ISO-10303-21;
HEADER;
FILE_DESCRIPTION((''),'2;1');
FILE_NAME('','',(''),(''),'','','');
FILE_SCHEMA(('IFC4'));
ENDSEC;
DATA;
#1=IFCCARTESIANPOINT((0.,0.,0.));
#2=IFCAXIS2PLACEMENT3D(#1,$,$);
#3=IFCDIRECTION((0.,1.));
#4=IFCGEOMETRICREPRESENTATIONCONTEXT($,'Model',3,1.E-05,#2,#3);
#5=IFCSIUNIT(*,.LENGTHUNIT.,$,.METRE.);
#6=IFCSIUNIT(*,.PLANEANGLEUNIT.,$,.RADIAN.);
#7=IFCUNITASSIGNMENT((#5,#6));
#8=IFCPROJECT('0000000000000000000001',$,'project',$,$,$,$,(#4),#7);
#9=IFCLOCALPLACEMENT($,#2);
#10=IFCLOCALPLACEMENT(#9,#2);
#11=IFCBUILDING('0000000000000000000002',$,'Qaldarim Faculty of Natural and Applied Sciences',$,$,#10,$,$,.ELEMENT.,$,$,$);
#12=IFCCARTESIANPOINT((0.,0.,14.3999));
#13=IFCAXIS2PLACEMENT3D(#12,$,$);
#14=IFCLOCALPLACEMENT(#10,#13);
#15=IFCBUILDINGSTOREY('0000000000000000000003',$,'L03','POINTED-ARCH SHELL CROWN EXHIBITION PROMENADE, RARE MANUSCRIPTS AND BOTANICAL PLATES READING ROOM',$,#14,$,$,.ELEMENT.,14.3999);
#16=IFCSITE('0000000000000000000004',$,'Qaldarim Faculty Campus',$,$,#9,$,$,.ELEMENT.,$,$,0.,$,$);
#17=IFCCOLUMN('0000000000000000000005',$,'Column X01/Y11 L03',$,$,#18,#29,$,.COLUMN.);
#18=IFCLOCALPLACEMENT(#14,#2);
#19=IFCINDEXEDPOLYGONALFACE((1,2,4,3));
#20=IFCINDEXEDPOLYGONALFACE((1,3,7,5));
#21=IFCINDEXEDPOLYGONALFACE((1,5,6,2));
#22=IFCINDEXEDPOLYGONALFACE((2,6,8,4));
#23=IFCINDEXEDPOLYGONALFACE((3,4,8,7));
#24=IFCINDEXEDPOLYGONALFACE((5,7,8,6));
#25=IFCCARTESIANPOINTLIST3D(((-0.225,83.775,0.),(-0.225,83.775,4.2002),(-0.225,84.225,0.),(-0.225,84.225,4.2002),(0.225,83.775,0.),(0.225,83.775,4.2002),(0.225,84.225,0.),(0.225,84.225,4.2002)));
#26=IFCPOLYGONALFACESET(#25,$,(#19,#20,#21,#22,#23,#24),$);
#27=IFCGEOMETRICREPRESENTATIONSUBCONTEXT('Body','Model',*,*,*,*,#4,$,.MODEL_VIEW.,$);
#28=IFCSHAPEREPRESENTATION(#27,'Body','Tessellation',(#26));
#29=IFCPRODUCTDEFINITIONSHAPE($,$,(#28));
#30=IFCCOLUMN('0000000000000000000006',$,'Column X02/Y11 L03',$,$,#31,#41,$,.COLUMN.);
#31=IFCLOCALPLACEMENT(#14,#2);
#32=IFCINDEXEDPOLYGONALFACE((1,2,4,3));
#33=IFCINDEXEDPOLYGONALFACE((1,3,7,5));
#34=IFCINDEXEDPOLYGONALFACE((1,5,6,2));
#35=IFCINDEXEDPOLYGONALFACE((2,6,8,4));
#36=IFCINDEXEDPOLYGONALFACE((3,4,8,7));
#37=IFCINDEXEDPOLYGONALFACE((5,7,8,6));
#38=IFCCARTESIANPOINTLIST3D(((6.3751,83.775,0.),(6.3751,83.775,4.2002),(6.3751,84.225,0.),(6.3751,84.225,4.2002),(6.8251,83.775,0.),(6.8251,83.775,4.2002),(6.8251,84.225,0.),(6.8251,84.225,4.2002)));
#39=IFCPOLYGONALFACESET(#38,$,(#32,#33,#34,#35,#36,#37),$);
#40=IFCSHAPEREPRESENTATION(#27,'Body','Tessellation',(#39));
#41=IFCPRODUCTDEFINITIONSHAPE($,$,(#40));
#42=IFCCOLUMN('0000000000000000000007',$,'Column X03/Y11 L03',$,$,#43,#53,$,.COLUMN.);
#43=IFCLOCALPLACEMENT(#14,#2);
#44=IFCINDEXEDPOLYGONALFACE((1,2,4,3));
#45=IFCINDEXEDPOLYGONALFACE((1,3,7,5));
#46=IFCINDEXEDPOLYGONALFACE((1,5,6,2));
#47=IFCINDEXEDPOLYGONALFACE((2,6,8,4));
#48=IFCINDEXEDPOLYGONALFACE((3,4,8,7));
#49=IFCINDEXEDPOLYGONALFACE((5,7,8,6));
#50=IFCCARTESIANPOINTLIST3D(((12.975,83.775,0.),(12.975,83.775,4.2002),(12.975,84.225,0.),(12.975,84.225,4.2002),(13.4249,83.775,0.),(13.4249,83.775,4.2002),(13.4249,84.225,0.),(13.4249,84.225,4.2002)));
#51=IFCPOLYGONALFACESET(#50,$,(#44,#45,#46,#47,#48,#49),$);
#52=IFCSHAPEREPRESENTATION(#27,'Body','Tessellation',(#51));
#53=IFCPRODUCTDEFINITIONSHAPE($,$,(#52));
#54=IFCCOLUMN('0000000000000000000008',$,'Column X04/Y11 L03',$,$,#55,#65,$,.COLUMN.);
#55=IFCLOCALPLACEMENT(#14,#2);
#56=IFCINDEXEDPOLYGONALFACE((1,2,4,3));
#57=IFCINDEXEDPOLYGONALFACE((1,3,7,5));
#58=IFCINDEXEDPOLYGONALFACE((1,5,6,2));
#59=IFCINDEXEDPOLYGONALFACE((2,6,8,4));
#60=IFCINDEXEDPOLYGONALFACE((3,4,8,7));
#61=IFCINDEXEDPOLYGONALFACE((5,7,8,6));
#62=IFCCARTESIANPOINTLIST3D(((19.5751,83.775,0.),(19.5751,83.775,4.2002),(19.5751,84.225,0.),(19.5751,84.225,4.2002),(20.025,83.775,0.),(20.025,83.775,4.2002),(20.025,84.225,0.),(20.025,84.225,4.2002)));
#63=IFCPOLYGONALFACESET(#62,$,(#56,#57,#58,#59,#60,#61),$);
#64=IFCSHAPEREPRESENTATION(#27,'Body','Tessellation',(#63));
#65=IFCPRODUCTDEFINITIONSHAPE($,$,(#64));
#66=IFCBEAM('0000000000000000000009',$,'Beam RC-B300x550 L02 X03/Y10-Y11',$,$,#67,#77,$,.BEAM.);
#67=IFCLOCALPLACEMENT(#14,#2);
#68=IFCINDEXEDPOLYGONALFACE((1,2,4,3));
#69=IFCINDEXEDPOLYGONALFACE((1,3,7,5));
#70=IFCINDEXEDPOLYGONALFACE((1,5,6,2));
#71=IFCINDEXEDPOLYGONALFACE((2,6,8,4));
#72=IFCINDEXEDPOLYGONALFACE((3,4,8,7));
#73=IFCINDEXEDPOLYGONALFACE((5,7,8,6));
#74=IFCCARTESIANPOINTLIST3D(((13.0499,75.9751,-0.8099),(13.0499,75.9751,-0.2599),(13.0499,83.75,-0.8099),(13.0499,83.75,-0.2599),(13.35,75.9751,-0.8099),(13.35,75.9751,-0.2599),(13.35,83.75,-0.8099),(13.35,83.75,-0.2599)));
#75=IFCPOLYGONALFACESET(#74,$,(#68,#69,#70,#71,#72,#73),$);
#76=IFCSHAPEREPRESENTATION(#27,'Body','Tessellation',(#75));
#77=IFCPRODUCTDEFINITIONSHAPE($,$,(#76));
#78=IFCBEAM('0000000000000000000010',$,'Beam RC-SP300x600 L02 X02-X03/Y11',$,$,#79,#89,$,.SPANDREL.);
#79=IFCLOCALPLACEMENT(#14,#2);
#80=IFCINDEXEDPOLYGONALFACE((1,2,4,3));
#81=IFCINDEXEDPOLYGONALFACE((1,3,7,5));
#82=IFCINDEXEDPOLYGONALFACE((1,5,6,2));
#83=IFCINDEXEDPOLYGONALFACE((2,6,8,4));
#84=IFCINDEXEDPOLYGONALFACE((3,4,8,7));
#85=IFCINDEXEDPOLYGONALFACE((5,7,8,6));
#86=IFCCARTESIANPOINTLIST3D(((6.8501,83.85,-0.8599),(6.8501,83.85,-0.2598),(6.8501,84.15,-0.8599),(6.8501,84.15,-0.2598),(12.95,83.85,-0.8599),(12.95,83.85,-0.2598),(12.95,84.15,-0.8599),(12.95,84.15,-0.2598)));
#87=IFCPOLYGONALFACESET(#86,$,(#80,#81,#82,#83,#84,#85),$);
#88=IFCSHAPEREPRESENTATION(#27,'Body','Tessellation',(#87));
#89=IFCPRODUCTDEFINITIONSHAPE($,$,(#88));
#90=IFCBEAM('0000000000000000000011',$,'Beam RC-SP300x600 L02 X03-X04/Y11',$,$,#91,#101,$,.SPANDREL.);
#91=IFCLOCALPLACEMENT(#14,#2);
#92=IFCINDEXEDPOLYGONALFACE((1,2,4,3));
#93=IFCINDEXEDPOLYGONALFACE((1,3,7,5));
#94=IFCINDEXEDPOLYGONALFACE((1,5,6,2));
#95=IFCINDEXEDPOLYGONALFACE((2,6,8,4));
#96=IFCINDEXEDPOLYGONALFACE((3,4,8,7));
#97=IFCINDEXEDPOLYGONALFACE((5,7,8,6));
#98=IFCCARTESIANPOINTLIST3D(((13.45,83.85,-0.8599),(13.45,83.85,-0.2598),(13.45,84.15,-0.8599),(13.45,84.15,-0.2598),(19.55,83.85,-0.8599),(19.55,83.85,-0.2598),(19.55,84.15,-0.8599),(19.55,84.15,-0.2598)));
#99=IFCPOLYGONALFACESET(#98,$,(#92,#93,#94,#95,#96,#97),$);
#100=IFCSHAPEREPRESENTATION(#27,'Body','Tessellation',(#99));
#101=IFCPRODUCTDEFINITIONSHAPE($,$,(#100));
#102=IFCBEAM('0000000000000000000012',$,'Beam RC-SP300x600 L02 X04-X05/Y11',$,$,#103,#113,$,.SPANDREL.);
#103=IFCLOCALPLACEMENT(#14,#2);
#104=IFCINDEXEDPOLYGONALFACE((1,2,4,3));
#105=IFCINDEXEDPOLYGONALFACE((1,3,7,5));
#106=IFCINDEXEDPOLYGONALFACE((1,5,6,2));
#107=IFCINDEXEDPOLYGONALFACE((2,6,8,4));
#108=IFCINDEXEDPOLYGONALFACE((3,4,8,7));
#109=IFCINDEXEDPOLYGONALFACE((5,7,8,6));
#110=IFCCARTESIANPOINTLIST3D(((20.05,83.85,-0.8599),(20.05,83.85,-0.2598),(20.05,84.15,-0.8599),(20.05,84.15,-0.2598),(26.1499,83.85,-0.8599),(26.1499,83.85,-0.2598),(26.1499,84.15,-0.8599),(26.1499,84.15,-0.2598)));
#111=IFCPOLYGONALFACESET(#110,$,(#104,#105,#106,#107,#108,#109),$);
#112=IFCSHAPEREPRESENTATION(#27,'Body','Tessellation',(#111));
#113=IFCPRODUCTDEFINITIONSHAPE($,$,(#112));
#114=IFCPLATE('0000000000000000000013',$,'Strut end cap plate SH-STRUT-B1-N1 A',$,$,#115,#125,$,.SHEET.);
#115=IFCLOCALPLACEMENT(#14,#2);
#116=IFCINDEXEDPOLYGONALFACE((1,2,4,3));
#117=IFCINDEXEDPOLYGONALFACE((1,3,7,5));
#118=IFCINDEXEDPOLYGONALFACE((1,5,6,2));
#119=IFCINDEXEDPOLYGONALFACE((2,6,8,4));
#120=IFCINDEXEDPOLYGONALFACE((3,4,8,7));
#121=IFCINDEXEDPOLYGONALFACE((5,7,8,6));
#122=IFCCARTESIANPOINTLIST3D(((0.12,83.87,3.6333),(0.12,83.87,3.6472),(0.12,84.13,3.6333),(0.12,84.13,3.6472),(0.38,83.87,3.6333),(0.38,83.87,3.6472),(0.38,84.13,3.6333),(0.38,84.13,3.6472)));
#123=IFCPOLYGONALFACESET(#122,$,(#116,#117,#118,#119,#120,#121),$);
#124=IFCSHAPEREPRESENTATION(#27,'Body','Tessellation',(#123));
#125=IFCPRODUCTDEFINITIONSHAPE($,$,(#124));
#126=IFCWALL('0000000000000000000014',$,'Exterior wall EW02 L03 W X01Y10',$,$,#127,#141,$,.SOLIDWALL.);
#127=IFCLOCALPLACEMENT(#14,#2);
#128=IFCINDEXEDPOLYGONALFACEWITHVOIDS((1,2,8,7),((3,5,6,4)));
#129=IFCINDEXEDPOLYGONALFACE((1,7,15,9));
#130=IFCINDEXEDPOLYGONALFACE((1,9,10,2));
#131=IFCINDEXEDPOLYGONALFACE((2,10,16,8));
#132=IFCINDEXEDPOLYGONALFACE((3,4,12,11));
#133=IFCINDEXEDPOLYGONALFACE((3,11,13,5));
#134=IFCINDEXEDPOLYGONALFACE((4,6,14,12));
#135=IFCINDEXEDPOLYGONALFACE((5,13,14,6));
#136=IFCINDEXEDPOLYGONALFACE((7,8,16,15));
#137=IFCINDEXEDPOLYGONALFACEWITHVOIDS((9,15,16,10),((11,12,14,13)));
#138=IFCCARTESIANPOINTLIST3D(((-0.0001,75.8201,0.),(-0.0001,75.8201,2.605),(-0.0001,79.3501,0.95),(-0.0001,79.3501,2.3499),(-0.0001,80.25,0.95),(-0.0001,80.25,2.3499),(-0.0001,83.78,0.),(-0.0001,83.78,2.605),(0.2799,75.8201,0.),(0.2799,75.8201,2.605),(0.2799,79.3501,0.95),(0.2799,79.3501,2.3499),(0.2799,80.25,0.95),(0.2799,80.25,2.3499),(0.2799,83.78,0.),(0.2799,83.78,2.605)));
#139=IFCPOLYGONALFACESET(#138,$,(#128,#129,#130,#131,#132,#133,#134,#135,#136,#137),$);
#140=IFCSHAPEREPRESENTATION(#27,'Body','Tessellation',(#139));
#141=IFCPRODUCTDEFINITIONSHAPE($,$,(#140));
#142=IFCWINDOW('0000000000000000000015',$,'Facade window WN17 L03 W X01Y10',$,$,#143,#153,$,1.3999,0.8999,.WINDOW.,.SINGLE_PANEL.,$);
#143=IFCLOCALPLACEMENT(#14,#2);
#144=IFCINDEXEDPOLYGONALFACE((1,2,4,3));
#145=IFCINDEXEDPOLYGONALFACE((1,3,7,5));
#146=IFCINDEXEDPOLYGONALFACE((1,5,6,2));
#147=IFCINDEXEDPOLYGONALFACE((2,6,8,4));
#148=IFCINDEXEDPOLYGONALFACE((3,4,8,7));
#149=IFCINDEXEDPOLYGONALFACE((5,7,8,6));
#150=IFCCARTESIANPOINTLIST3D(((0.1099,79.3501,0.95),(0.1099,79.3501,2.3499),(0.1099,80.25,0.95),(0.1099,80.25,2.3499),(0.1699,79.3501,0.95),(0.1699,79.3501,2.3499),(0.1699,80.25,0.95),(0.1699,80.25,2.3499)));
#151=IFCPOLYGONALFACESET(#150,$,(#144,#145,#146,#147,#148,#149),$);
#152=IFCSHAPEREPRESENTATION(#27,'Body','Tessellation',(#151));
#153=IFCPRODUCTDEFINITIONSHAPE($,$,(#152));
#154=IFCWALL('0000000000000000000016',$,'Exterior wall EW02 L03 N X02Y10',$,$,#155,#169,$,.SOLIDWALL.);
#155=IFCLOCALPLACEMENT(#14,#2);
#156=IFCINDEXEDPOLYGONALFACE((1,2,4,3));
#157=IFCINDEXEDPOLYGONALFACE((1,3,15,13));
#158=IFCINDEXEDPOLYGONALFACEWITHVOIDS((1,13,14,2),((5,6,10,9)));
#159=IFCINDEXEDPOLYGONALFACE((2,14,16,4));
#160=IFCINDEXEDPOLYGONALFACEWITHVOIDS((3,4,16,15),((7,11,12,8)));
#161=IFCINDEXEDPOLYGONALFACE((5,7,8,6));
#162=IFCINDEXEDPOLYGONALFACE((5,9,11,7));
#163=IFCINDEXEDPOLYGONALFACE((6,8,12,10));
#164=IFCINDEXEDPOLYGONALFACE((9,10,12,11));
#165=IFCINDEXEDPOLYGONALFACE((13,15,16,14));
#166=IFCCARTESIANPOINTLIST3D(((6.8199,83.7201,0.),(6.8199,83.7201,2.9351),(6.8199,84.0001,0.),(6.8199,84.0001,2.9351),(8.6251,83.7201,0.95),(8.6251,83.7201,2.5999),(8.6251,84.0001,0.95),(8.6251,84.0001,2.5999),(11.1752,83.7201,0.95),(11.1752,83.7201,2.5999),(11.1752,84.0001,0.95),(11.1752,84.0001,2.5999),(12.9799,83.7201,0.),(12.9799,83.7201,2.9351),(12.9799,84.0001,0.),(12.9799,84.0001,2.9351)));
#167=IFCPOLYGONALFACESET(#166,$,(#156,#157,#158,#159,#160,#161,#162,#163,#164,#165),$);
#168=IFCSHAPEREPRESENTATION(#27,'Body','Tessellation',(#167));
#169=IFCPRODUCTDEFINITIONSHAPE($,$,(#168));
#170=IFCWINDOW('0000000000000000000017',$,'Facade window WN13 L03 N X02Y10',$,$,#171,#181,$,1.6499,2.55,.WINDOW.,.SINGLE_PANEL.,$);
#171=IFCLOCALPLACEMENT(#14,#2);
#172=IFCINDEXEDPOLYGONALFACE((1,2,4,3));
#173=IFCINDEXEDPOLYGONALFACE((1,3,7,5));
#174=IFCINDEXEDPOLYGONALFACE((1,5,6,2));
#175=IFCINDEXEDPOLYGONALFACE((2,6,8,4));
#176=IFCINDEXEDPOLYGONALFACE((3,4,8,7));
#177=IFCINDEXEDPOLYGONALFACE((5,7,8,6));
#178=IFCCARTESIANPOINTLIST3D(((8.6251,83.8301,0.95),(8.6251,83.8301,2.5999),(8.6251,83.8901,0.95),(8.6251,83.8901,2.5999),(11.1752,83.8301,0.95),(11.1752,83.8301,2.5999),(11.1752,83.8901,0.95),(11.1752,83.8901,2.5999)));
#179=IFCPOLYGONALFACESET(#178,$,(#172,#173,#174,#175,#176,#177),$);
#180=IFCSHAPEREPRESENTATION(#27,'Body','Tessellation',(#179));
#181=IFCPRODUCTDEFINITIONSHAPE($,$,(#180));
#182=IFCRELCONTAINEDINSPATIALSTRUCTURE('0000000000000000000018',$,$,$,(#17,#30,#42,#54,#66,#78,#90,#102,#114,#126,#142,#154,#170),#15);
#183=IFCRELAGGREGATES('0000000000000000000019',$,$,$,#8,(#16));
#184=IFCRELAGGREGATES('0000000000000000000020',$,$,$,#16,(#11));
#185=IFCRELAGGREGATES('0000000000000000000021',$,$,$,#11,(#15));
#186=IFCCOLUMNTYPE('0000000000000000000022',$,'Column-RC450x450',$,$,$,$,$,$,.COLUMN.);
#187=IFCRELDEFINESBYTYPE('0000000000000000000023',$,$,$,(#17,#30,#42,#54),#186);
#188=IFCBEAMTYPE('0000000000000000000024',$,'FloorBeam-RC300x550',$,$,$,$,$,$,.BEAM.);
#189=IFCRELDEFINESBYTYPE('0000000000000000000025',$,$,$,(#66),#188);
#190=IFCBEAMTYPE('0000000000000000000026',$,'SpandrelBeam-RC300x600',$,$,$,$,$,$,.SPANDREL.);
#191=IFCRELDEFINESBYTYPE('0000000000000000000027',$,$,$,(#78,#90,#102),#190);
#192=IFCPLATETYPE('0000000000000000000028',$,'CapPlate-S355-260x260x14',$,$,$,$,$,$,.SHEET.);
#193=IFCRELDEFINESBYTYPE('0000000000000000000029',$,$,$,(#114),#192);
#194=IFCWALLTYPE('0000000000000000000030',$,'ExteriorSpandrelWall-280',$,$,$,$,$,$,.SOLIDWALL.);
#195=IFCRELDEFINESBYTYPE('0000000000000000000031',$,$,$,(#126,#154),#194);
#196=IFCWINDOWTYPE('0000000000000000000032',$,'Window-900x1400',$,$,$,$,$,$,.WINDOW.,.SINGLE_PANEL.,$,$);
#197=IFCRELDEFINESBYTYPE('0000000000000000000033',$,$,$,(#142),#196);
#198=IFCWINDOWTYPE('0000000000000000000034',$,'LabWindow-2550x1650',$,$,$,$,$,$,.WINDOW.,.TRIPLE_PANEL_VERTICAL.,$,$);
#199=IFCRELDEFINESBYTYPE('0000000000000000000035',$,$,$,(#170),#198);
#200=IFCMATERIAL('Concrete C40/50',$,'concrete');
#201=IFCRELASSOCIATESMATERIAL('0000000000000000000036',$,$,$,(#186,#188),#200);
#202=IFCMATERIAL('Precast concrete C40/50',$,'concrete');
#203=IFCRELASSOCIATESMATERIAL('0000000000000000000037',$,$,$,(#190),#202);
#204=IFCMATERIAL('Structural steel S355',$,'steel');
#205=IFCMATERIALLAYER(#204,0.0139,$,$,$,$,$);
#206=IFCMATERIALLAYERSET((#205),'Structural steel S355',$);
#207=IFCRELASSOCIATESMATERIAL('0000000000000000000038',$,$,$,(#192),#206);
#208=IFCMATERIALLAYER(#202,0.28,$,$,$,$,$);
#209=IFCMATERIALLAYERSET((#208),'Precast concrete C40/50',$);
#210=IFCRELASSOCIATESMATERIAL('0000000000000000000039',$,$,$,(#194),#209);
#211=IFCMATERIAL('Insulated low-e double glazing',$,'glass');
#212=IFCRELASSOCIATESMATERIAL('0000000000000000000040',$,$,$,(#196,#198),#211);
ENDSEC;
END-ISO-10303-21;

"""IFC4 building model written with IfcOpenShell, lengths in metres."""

from ifc_helpers import new_model, si_unit, direction, frame, frame_2d, origin, origin_2d, place, context, subcontext, project, spatial, rectangle, extrude, material, layer, layer_set, material_profile, profile_set, type_object, element, fill, save


model = new_model("IFC4")

# Units and contexts
model_context = context("Model", 3, precision=1e-05, world=origin(), true_north=direction((0.0, 1.0)))
body_context = subcontext(model_context, "Body", "Model", "MODEL_VIEW")
ifc_project = project(units=[si_unit("LENGTHUNIT", "METRE"), si_unit("PLANEANGLEUNIT", "RADIAN")], contexts=[model_context])

# Site, building, storey
site_placement = place(None, origin())
site = spatial("IfcSite", under=ifc_project, at=site_placement, Name="Qaldarim Faculty Campus", CompositionType="ELEMENT", RefElevation=0.0)
building_placement = place(site_placement, origin())
building = spatial("IfcBuilding", under=site, at=building_placement, Name="Qaldarim Faculty of Natural and Applied Sciences", CompositionType="ELEMENT")
storey_placement = place(building_placement, frame((0.0, 0.0, 14.3999)))
storey = spatial("IfcBuildingStorey", under=building, at=storey_placement, Name="L03", Description="POINTED-ARCH SHELL CROWN EXHIBITION PROMENADE, RARE MANUSCRIPTS AND BOTANICAL PLATES READING ROOM", CompositionType="ELEMENT", Elevation=14.3999)

# Columns
ifc_material_1 = material(Name="Concrete C40/50", Category="concrete")
ifc_material_profile_1 = material_profile(ifc_material_1, rectangle(XDim=0.45, YDim=0.45, at=origin_2d()), Name="RC-C450x450")
ifc_profile_set_1 = profile_set([ifc_material_profile_1], Name="Concrete C40/50")
column_type = type_object("IfcColumnType", Name="Column-RC450x450", PredefinedType="COLUMN", material=ifc_profile_set_1)
for number, where, z_axis, x_axis, name in (
    (1, (0.0, 84.0, 0.0), (0.0, 0.0, 1.0), (1.0, 0.0, 0.0), "Column X01/Y11 L03"),
    (2, (6.6001, 84.0, 0.0), (0.0, 0.0, 1.0), (1.0, 0.0, 0.0), "Column X02/Y11 L03"),
    (3, (13.2, 84.0, 0.0), (0.0, 0.0, 1.0), (1.0, 0.0, 0.0), "Column X03/Y11 L03"),
    (4, (19.8, 84.0, 0.0), (0.0, 0.0, 1.0), (1.0, 0.0, 0.0), "Column X04/Y11 L03"),
):
    element("IfcColumn", number, at=place(storey_placement, frame(where, z_axis=z_axis, x_axis=x_axis)), inside=storey, type_object=column_type, Name=name, PredefinedType="COLUMN", context=body_context, shape_type="SweptSolid", body=[
        extrude(rectangle(XDim=0.45, YDim=0.45, at=origin_2d()), origin(), (0.0, 0.0, 1.0), 4.2002),
    ])

# Beams
ifc_material_profile_2 = material_profile(ifc_material_1, rectangle(XDim=0.3, YDim=0.55, at=origin_2d()), Name="RC-B300x550")
ifc_profile_set_2 = profile_set([ifc_material_profile_2], Name="Concrete C40/50")
beam_type_1 = type_object("IfcBeamType", Name="FloorBeam-RC300x550", PredefinedType="BEAM", material=ifc_profile_set_2)
beam_1_placement = place(storey_placement, frame((13.2, 75.9751, -0.5349), z_axis=(0.0, 1.0, 0.0), x_axis=(-1.0, 0.0, 0.0)))
element("IfcBeam", 5, at=beam_1_placement, inside=storey, type_object=beam_type_1, Name="Beam RC-B300x550 L02 X03/Y10-Y11", PredefinedType="BEAM", context=body_context, shape_type="SweptSolid", body=[
    extrude(rectangle(XDim=0.3, YDim=0.55, at=origin_2d()), origin(), (0.0, 0.0, 1.0), 7.7749),
])
ifc_material_2 = material(Name="Precast concrete C40/50", Category="concrete")
ifc_material_profile_3 = material_profile(ifc_material_2, rectangle(XDim=0.3, YDim=0.6001, at=origin_2d()), Name="RC-SP300x600")
ifc_profile_set_3 = profile_set([ifc_material_profile_3], Name="Precast concrete C40/50")
beam_type_2 = type_object("IfcBeamType", Name="SpandrelBeam-RC300x600", PredefinedType="SPANDREL", material=ifc_profile_set_3)
beam_2_placement = place(storey_placement, frame((6.8501, 84.0, -0.5598), z_axis=(1.0, 0.0, 0.0), x_axis=(0.0, 1.0, 0.0)))
element("IfcBeam", 6, at=beam_2_placement, inside=storey, type_object=beam_type_2, Name="Beam RC-SP300x600 L02 X02-X03/Y11", PredefinedType="SPANDREL", context=body_context, shape_type="SweptSolid", body=[
    extrude(rectangle(XDim=0.3, YDim=0.6001, at=origin_2d()), origin(), (0.0, 0.0, 1.0), 6.0999),
])
beam_3_placement = place(storey_placement, frame((13.45, 84.0, -0.5598), z_axis=(1.0, 0.0, 0.0), x_axis=(0.0, 1.0, 0.0)))
element("IfcBeam", 7, at=beam_3_placement, inside=storey, type_object=beam_type_2, Name="Beam RC-SP300x600 L02 X03-X04/Y11", PredefinedType="SPANDREL", context=body_context, shape_type="SweptSolid", body=[
    extrude(rectangle(XDim=0.3, YDim=0.6001, at=origin_2d()), origin(), (0.0, 0.0, 1.0), 6.1001),
])
beam_4_placement = place(storey_placement, frame((20.05, 84.0, -0.5598), z_axis=(1.0, 0.0, 0.0), x_axis=(0.0, 1.0, 0.0)))
element("IfcBeam", 8, at=beam_4_placement, inside=storey, type_object=beam_type_2, Name="Beam RC-SP300x600 L02 X04-X05/Y11", PredefinedType="SPANDREL", context=body_context, shape_type="SweptSolid", body=[
    extrude(rectangle(XDim=0.3, YDim=0.6001, at=origin_2d()), origin(), (0.0, 0.0, 1.0), 6.0999),
])

# Plate
ifc_material_3 = material(Name="Structural steel S355", Category="steel")
ifc_layer_1 = layer(ifc_material_3, 0.0139)
ifc_layer_set_1 = layer_set([ifc_layer_1], Name="Structural steel S355")
plate_type = type_object("IfcPlateType", Name="CapPlate-S355-260x260x14", PredefinedType="SHEET", material=ifc_layer_set_1)
plate_placement = place(storey_placement, frame((0.25, 84.0, 3.6333), z_axis=(0.0, 0.0, 1.0), x_axis=(1.0, 0.0, 0.0)))
element("IfcPlate", 9, at=plate_placement, inside=storey, type_object=plate_type, Name="Strut end cap plate SH-STRUT-B1-N1 A", PredefinedType="SHEET", context=body_context, shape_type="SweptSolid", body=[
    extrude(rectangle(XDim=0.26, YDim=0.26, at=origin_2d()), origin(), (0.0, 0.0, 1.0), 0.0139),
])

# Walls, openings, windows
ifc_layer_2 = layer(ifc_material_2, 0.28)
ifc_layer_set_2 = layer_set([ifc_layer_2], Name="Precast concrete C40/50")
wall_type_1 = type_object("IfcWallType", Name="ExteriorSpandrelWall-280", PredefinedType="SOLIDWALL", material=ifc_layer_set_2)
wall_1_placement = place(storey_placement, frame((0.1399, 83.78, 0.0), z_axis=(0.0, 0.0, 1.0), x_axis=(0.0, -1.0, 0.0)))
wall_1 = element("IfcWall", 10, at=wall_1_placement, inside=storey, type_object=wall_type_1, Name="Exterior wall EW02 L03 W X01Y10", PredefinedType="SOLIDWALL", context=body_context, shape_type="SweptSolid", body=[
    extrude(rectangle(XDim=7.96, YDim=0.28, at=frame_2d((3.98, 0.0))), origin(), (0.0, 0.0, 1.0), 2.605),
])
opening_1_placement = place(wall_1_placement, frame((3.53, 0.0, 0.95)))
opening_1 = element("IfcOpeningElement", 11, at=opening_1_placement, cuts=wall_1, PredefinedType="OPENING", context=body_context, shape_type="SweptSolid", body=[
    extrude(rectangle(XDim=0.8999, YDim=1.3999, at=frame_2d((0.45, 0.7))), frame((0.0, 0.1499, 0.0), z_axis=(0.0, -1.0, 0.0), x_axis=(1.0, 0.0, 0.0)), (0.0, 0.0, 1.0), 0.3),
])
ifc_material_4 = material(Name="Insulated low-e double glazing", Category="glass")
window_type_1 = type_object("IfcWindowType", Name="Window-900x1400", PartitioningType="SINGLE_PANEL", PredefinedType="WINDOW", material=ifc_material_4)
window_1_placement = place(opening_1_placement, origin())
window_1 = element("IfcWindow", 12, at=window_1_placement, inside=storey, type_object=window_type_1, Name="Facade window WN17 L03 W X01Y10", OverallHeight=1.3999, OverallWidth=0.8999, PartitioningType="SINGLE_PANEL", PredefinedType="WINDOW", context=body_context, shape_type="SweptSolid", body=[
    extrude(rectangle(XDim=0.8999, YDim=1.3999, at=frame_2d((0.45, 0.7))), frame((0.0, 0.03, 0.0), z_axis=(0.0, -1.0, 0.0), x_axis=(1.0, 0.0, 0.0)), (0.0, 0.0, 1.0), 0.0601),
])
fill(opening_1, window_1)
wall_2_placement = place(storey_placement, frame((12.98, 83.8601, 0.0), z_axis=(0.0, 0.0, 1.0), x_axis=(-1.0, 0.0, 0.0)))
wall_2 = element("IfcWall", 13, at=wall_2_placement, inside=storey, type_object=wall_type_1, Name="Exterior wall EW02 L03 N X02Y10", PredefinedType="SOLIDWALL", context=body_context, shape_type="SweptSolid", body=[
    extrude(rectangle(XDim=6.1599, YDim=0.28, at=frame_2d((3.0801, 0.0))), origin(), (0.0, 0.0, 1.0), 2.9351),
])
opening_2_placement = place(wall_2_placement, frame((1.8049, 0.0, 0.95)))
opening_2 = element("IfcOpeningElement", 14, at=opening_2_placement, cuts=wall_2, PredefinedType="OPENING", context=body_context, shape_type="SweptSolid", body=[
    extrude(rectangle(XDim=2.55, YDim=1.6499, at=frame_2d((1.2749, 0.825))), frame((0.0, 0.1499, 0.0), z_axis=(0.0, -1.0, 0.0), x_axis=(1.0, 0.0, 0.0)), (0.0, 0.0, 1.0), 0.3),
])
window_type_2 = type_object("IfcWindowType", Name="LabWindow-2550x1650", PartitioningType="TRIPLE_PANEL_VERTICAL", PredefinedType="WINDOW", material=ifc_material_4)
window_2_placement = place(opening_2_placement, origin())
window_2 = element("IfcWindow", 15, at=window_2_placement, inside=storey, type_object=window_type_2, Name="Facade window WN13 L03 N X02Y10", OverallHeight=1.6499, OverallWidth=2.55, PartitioningType="SINGLE_PANEL", PredefinedType="WINDOW", context=body_context, shape_type="SweptSolid", body=[
    extrude(rectangle(XDim=2.55, YDim=1.6499, at=frame_2d((1.2749, 0.825))), frame((0.0, 0.03, 0.0), z_axis=(0.0, -1.0, 0.0), x_axis=(1.0, 0.0, 0.0)), (0.0, 0.0, 1.0), 0.0601),
])
fill(opening_2, window_2)

save(model, "model.ifc")
